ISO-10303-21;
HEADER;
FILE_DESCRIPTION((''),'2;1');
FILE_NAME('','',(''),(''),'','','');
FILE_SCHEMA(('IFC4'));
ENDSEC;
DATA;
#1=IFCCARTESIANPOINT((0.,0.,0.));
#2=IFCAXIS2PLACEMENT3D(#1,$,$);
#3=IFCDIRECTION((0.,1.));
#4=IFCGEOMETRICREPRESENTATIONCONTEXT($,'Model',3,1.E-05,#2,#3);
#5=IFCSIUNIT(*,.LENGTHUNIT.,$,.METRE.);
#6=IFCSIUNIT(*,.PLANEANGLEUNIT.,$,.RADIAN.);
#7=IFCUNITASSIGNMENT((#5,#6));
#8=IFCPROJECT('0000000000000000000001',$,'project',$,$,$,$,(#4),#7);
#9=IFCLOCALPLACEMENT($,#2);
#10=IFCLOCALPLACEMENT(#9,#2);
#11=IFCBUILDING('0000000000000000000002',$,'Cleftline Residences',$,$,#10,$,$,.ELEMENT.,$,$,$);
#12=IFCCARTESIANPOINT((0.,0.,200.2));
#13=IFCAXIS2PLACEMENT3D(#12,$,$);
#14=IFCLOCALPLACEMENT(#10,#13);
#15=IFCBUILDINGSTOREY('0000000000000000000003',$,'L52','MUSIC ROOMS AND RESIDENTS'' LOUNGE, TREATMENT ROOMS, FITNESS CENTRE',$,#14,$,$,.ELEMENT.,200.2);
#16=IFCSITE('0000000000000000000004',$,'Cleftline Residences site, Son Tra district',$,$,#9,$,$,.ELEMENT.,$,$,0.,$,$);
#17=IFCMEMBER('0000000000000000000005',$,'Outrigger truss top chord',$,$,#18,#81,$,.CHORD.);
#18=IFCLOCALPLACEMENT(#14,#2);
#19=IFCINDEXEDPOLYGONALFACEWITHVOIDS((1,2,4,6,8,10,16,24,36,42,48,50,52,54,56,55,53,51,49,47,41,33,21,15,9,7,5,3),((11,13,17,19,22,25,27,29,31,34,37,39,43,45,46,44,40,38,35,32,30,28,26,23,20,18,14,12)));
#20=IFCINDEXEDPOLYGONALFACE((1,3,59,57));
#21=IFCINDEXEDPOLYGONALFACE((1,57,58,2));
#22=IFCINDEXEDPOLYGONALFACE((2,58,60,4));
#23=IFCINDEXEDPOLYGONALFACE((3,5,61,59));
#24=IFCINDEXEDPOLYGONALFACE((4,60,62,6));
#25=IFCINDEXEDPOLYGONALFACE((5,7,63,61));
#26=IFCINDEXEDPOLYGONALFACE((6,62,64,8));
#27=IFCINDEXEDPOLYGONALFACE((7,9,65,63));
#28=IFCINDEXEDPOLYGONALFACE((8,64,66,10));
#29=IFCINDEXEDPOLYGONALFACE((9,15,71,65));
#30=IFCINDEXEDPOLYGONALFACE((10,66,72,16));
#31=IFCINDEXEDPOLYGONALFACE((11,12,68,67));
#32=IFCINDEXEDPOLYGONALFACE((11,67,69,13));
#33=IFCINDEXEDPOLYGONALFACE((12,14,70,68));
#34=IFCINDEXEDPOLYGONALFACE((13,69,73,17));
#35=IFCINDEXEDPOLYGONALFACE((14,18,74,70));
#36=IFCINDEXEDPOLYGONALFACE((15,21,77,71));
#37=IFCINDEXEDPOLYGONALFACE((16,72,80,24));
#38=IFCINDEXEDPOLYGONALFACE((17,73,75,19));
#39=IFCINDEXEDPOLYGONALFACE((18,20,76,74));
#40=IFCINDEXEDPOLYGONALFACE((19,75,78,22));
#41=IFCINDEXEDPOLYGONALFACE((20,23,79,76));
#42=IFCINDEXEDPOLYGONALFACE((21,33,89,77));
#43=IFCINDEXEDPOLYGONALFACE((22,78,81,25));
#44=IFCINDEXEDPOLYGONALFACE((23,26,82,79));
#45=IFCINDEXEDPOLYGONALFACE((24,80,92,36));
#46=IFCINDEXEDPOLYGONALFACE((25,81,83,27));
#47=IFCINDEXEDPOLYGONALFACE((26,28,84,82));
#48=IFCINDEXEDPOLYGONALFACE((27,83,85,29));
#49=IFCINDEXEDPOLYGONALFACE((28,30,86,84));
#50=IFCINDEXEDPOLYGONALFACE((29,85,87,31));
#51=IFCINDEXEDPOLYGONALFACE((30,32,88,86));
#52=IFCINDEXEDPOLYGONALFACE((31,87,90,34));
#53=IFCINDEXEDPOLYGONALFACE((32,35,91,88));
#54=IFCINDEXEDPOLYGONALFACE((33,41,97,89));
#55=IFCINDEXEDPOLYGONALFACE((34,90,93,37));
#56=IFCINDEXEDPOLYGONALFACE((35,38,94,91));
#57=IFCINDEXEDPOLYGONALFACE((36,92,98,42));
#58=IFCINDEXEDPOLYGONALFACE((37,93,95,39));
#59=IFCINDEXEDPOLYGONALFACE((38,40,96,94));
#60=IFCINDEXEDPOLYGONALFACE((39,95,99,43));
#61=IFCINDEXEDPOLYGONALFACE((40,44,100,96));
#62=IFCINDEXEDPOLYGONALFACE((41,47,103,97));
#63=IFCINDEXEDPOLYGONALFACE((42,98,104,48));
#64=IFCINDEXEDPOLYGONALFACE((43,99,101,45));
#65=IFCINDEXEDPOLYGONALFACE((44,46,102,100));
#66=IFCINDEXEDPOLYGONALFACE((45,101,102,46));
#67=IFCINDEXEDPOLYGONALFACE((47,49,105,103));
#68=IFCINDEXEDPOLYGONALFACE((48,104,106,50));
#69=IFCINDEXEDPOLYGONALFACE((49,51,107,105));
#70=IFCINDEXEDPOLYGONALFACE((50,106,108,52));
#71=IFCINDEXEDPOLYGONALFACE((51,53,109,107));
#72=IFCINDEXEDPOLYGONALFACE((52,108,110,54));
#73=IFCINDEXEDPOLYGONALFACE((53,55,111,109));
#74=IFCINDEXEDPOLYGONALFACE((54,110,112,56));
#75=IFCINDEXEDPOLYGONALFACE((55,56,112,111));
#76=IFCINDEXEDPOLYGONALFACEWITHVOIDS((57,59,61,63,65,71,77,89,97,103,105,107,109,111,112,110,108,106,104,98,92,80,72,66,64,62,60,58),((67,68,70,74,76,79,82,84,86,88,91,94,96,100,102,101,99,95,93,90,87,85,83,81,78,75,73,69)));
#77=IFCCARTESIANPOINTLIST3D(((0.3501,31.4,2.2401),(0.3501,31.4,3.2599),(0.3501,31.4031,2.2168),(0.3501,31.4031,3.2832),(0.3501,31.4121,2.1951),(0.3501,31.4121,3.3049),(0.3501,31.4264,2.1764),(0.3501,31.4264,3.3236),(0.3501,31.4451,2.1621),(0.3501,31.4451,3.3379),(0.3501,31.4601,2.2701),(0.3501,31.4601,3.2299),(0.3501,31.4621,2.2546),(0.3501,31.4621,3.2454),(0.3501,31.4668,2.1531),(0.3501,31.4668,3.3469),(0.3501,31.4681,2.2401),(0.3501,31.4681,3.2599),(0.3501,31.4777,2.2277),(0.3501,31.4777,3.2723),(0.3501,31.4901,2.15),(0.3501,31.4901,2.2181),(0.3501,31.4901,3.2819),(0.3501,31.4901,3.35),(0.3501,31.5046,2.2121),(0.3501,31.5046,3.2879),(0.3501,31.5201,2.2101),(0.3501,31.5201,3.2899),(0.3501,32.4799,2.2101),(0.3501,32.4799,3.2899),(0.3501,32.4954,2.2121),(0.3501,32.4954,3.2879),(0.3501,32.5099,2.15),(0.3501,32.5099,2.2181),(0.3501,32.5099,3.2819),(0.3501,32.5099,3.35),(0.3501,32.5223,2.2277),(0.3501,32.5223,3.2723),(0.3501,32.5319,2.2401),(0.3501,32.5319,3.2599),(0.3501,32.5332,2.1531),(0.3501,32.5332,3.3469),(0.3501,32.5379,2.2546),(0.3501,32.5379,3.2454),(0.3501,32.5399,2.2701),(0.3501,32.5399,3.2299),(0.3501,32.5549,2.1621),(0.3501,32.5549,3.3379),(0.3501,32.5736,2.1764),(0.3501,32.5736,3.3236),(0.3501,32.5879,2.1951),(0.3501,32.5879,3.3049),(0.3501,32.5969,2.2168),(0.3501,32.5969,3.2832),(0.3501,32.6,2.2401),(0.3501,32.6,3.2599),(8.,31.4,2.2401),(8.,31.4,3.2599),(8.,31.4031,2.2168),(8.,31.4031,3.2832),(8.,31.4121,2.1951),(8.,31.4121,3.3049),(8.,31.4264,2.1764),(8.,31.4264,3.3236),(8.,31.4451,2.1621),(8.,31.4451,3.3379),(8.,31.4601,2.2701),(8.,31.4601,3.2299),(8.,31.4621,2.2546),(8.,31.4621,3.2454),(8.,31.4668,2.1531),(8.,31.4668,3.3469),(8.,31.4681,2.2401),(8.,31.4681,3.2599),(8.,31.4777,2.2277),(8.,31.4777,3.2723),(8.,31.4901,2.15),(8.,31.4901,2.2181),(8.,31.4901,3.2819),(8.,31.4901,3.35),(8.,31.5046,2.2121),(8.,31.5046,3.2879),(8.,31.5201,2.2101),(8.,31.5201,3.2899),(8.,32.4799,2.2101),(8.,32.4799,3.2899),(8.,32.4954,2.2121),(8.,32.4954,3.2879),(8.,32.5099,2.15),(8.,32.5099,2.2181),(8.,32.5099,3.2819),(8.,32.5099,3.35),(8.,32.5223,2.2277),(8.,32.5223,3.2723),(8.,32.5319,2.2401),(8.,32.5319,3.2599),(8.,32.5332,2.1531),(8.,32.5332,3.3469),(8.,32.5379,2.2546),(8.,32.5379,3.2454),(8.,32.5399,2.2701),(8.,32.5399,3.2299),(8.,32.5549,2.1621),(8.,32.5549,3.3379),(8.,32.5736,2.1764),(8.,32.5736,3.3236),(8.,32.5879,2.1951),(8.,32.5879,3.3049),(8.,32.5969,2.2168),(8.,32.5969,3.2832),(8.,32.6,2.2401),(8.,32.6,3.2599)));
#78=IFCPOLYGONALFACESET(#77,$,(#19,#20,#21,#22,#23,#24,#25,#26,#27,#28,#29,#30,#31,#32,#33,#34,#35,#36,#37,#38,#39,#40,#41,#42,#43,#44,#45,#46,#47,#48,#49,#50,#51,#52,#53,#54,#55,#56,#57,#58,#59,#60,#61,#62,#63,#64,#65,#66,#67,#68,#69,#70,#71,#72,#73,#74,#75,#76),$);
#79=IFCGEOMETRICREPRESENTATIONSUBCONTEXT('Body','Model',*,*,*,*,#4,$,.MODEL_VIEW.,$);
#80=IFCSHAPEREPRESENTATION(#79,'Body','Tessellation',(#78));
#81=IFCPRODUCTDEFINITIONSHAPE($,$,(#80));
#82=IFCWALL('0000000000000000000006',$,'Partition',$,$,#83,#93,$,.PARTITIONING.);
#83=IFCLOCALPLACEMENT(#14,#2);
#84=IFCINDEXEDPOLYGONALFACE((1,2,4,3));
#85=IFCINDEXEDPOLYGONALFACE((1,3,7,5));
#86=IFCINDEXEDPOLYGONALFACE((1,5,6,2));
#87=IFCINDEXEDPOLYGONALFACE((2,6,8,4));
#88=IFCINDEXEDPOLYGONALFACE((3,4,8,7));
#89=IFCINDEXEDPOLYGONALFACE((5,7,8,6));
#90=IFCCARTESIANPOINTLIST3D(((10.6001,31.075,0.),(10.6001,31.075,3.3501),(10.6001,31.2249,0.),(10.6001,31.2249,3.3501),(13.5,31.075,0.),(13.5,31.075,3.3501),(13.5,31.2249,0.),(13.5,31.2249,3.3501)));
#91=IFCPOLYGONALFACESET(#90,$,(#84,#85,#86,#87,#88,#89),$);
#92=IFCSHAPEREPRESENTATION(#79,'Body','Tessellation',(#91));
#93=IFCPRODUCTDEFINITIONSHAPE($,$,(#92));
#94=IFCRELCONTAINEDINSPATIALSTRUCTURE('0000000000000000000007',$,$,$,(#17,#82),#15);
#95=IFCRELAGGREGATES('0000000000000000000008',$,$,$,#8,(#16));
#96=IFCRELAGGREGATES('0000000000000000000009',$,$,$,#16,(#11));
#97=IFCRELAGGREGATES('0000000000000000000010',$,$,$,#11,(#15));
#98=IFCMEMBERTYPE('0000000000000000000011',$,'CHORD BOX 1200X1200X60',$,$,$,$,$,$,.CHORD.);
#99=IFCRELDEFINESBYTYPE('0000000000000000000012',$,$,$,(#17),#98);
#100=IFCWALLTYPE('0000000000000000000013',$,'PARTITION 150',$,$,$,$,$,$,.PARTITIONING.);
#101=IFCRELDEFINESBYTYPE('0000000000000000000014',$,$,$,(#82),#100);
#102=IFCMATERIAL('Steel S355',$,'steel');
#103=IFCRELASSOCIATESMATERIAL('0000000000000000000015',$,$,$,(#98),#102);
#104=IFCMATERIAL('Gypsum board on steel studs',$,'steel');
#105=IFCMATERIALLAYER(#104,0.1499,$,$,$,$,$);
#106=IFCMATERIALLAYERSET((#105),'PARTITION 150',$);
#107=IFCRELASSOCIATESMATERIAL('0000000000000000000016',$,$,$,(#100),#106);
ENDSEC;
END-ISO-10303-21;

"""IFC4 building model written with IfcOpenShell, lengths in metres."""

from ifc_helpers import new_model, si_unit, direction, frame, frame_2d, origin, origin_2d, place, context, subcontext, project, spatial, rectangle, hollow_rectangle, extrude, material, layer, layer_set, material_profile, profile_set, type_object, element, save


model = new_model("IFC4")

# Units and contexts
model_context = context("Model", 3, precision=1e-05, world=origin(), true_north=direction((0.0, 1.0)))
body_context = subcontext(model_context, "Body", "Model", "MODEL_VIEW")
ifc_project = project(units=[si_unit("LENGTHUNIT", "METRE"), si_unit("PLANEANGLEUNIT", "RADIAN")], contexts=[model_context])

# Site, building, storey
site_placement = place(None, origin())
site = spatial("IfcSite", under=ifc_project, at=site_placement, Name="Cleftline Residences site, Son Tra district", CompositionType="ELEMENT", RefElevation=0.0)
building_placement = place(site_placement, origin())
building = spatial("IfcBuilding", under=site, at=building_placement, Name="Cleftline Residences", CompositionType="ELEMENT")
storey_placement = place(building_placement, frame((0.0, 0.0, 200.2)))
storey = spatial("IfcBuildingStorey", under=building, at=storey_placement, Name="L52", Description="MUSIC ROOMS AND RESIDENTS' LOUNGE, TREATMENT ROOMS, FITNESS CENTRE", CompositionType="ELEMENT", Elevation=200.2)

# Member
ifc_material_1 = material(Name="Steel S355", Category="steel")
ifc_material_profile_1 = material_profile(ifc_material_1, hollow_rectangle(XDim=1.2, YDim=1.2, WallThickness=0.0601, InnerFilletRadius=0.0601, OuterFilletRadius=0.0901, at=origin_2d()))
ifc_profile_set_1 = profile_set([ifc_material_profile_1], Name="Steel S355")
member_type_1 = type_object("IfcMemberType", Name="CHORD BOX 1200X1200X60", PredefinedType="CHORD", material=ifc_profile_set_1)
for number, where, z_axis, x_axis, name in (
    (1, (8.0, 32.0, 2.75), (-1.0, 0.0, 0.0), (0.0, -1.0, 0.0), "Outrigger truss top chord"),
):
    element("IfcMember", number, at=place(storey_placement, frame(where, z_axis=z_axis, x_axis=x_axis)), inside=storey, type_object=member_type_1, Name=name, PredefinedType="CHORD", context=body_context, shape_type="SweptSolid", body=[
        extrude(hollow_rectangle(XDim=1.2, YDim=1.2, WallThickness=0.0601, InnerFilletRadius=0.0601, OuterFilletRadius=0.0901, at=origin_2d()), origin(), (0.0, 0.0, 1.0), 7.6499),
    ])

# Wall
ifc_material_2 = material(Name="Gypsum board on steel studs", Category="steel")
ifc_layer = layer(ifc_material_2, 0.1499)
ifc_layer_set = layer_set([ifc_layer], Name="PARTITION 150")
wall_type = type_object("IfcWallType", Name="PARTITION 150", PredefinedType="PARTITIONING", material=ifc_layer_set)
wall_placement = place(storey_placement, frame((10.6001, 31.1499, 0.0), z_axis=(0.0, 0.0, 1.0), x_axis=(1.0, 0.0, 0.0)))
element("IfcWall", 2, at=wall_placement, inside=storey, type_object=wall_type, Name="Partition", PredefinedType="PARTITIONING", context=body_context, shape_type="SweptSolid", body=[
    extrude(rectangle(XDim=2.8999, YDim=0.1499, at=frame_2d((1.45, 0.0))), origin(), (0.0, 0.0, 1.0), 3.3501),
])

save(model, "model.ifc")
